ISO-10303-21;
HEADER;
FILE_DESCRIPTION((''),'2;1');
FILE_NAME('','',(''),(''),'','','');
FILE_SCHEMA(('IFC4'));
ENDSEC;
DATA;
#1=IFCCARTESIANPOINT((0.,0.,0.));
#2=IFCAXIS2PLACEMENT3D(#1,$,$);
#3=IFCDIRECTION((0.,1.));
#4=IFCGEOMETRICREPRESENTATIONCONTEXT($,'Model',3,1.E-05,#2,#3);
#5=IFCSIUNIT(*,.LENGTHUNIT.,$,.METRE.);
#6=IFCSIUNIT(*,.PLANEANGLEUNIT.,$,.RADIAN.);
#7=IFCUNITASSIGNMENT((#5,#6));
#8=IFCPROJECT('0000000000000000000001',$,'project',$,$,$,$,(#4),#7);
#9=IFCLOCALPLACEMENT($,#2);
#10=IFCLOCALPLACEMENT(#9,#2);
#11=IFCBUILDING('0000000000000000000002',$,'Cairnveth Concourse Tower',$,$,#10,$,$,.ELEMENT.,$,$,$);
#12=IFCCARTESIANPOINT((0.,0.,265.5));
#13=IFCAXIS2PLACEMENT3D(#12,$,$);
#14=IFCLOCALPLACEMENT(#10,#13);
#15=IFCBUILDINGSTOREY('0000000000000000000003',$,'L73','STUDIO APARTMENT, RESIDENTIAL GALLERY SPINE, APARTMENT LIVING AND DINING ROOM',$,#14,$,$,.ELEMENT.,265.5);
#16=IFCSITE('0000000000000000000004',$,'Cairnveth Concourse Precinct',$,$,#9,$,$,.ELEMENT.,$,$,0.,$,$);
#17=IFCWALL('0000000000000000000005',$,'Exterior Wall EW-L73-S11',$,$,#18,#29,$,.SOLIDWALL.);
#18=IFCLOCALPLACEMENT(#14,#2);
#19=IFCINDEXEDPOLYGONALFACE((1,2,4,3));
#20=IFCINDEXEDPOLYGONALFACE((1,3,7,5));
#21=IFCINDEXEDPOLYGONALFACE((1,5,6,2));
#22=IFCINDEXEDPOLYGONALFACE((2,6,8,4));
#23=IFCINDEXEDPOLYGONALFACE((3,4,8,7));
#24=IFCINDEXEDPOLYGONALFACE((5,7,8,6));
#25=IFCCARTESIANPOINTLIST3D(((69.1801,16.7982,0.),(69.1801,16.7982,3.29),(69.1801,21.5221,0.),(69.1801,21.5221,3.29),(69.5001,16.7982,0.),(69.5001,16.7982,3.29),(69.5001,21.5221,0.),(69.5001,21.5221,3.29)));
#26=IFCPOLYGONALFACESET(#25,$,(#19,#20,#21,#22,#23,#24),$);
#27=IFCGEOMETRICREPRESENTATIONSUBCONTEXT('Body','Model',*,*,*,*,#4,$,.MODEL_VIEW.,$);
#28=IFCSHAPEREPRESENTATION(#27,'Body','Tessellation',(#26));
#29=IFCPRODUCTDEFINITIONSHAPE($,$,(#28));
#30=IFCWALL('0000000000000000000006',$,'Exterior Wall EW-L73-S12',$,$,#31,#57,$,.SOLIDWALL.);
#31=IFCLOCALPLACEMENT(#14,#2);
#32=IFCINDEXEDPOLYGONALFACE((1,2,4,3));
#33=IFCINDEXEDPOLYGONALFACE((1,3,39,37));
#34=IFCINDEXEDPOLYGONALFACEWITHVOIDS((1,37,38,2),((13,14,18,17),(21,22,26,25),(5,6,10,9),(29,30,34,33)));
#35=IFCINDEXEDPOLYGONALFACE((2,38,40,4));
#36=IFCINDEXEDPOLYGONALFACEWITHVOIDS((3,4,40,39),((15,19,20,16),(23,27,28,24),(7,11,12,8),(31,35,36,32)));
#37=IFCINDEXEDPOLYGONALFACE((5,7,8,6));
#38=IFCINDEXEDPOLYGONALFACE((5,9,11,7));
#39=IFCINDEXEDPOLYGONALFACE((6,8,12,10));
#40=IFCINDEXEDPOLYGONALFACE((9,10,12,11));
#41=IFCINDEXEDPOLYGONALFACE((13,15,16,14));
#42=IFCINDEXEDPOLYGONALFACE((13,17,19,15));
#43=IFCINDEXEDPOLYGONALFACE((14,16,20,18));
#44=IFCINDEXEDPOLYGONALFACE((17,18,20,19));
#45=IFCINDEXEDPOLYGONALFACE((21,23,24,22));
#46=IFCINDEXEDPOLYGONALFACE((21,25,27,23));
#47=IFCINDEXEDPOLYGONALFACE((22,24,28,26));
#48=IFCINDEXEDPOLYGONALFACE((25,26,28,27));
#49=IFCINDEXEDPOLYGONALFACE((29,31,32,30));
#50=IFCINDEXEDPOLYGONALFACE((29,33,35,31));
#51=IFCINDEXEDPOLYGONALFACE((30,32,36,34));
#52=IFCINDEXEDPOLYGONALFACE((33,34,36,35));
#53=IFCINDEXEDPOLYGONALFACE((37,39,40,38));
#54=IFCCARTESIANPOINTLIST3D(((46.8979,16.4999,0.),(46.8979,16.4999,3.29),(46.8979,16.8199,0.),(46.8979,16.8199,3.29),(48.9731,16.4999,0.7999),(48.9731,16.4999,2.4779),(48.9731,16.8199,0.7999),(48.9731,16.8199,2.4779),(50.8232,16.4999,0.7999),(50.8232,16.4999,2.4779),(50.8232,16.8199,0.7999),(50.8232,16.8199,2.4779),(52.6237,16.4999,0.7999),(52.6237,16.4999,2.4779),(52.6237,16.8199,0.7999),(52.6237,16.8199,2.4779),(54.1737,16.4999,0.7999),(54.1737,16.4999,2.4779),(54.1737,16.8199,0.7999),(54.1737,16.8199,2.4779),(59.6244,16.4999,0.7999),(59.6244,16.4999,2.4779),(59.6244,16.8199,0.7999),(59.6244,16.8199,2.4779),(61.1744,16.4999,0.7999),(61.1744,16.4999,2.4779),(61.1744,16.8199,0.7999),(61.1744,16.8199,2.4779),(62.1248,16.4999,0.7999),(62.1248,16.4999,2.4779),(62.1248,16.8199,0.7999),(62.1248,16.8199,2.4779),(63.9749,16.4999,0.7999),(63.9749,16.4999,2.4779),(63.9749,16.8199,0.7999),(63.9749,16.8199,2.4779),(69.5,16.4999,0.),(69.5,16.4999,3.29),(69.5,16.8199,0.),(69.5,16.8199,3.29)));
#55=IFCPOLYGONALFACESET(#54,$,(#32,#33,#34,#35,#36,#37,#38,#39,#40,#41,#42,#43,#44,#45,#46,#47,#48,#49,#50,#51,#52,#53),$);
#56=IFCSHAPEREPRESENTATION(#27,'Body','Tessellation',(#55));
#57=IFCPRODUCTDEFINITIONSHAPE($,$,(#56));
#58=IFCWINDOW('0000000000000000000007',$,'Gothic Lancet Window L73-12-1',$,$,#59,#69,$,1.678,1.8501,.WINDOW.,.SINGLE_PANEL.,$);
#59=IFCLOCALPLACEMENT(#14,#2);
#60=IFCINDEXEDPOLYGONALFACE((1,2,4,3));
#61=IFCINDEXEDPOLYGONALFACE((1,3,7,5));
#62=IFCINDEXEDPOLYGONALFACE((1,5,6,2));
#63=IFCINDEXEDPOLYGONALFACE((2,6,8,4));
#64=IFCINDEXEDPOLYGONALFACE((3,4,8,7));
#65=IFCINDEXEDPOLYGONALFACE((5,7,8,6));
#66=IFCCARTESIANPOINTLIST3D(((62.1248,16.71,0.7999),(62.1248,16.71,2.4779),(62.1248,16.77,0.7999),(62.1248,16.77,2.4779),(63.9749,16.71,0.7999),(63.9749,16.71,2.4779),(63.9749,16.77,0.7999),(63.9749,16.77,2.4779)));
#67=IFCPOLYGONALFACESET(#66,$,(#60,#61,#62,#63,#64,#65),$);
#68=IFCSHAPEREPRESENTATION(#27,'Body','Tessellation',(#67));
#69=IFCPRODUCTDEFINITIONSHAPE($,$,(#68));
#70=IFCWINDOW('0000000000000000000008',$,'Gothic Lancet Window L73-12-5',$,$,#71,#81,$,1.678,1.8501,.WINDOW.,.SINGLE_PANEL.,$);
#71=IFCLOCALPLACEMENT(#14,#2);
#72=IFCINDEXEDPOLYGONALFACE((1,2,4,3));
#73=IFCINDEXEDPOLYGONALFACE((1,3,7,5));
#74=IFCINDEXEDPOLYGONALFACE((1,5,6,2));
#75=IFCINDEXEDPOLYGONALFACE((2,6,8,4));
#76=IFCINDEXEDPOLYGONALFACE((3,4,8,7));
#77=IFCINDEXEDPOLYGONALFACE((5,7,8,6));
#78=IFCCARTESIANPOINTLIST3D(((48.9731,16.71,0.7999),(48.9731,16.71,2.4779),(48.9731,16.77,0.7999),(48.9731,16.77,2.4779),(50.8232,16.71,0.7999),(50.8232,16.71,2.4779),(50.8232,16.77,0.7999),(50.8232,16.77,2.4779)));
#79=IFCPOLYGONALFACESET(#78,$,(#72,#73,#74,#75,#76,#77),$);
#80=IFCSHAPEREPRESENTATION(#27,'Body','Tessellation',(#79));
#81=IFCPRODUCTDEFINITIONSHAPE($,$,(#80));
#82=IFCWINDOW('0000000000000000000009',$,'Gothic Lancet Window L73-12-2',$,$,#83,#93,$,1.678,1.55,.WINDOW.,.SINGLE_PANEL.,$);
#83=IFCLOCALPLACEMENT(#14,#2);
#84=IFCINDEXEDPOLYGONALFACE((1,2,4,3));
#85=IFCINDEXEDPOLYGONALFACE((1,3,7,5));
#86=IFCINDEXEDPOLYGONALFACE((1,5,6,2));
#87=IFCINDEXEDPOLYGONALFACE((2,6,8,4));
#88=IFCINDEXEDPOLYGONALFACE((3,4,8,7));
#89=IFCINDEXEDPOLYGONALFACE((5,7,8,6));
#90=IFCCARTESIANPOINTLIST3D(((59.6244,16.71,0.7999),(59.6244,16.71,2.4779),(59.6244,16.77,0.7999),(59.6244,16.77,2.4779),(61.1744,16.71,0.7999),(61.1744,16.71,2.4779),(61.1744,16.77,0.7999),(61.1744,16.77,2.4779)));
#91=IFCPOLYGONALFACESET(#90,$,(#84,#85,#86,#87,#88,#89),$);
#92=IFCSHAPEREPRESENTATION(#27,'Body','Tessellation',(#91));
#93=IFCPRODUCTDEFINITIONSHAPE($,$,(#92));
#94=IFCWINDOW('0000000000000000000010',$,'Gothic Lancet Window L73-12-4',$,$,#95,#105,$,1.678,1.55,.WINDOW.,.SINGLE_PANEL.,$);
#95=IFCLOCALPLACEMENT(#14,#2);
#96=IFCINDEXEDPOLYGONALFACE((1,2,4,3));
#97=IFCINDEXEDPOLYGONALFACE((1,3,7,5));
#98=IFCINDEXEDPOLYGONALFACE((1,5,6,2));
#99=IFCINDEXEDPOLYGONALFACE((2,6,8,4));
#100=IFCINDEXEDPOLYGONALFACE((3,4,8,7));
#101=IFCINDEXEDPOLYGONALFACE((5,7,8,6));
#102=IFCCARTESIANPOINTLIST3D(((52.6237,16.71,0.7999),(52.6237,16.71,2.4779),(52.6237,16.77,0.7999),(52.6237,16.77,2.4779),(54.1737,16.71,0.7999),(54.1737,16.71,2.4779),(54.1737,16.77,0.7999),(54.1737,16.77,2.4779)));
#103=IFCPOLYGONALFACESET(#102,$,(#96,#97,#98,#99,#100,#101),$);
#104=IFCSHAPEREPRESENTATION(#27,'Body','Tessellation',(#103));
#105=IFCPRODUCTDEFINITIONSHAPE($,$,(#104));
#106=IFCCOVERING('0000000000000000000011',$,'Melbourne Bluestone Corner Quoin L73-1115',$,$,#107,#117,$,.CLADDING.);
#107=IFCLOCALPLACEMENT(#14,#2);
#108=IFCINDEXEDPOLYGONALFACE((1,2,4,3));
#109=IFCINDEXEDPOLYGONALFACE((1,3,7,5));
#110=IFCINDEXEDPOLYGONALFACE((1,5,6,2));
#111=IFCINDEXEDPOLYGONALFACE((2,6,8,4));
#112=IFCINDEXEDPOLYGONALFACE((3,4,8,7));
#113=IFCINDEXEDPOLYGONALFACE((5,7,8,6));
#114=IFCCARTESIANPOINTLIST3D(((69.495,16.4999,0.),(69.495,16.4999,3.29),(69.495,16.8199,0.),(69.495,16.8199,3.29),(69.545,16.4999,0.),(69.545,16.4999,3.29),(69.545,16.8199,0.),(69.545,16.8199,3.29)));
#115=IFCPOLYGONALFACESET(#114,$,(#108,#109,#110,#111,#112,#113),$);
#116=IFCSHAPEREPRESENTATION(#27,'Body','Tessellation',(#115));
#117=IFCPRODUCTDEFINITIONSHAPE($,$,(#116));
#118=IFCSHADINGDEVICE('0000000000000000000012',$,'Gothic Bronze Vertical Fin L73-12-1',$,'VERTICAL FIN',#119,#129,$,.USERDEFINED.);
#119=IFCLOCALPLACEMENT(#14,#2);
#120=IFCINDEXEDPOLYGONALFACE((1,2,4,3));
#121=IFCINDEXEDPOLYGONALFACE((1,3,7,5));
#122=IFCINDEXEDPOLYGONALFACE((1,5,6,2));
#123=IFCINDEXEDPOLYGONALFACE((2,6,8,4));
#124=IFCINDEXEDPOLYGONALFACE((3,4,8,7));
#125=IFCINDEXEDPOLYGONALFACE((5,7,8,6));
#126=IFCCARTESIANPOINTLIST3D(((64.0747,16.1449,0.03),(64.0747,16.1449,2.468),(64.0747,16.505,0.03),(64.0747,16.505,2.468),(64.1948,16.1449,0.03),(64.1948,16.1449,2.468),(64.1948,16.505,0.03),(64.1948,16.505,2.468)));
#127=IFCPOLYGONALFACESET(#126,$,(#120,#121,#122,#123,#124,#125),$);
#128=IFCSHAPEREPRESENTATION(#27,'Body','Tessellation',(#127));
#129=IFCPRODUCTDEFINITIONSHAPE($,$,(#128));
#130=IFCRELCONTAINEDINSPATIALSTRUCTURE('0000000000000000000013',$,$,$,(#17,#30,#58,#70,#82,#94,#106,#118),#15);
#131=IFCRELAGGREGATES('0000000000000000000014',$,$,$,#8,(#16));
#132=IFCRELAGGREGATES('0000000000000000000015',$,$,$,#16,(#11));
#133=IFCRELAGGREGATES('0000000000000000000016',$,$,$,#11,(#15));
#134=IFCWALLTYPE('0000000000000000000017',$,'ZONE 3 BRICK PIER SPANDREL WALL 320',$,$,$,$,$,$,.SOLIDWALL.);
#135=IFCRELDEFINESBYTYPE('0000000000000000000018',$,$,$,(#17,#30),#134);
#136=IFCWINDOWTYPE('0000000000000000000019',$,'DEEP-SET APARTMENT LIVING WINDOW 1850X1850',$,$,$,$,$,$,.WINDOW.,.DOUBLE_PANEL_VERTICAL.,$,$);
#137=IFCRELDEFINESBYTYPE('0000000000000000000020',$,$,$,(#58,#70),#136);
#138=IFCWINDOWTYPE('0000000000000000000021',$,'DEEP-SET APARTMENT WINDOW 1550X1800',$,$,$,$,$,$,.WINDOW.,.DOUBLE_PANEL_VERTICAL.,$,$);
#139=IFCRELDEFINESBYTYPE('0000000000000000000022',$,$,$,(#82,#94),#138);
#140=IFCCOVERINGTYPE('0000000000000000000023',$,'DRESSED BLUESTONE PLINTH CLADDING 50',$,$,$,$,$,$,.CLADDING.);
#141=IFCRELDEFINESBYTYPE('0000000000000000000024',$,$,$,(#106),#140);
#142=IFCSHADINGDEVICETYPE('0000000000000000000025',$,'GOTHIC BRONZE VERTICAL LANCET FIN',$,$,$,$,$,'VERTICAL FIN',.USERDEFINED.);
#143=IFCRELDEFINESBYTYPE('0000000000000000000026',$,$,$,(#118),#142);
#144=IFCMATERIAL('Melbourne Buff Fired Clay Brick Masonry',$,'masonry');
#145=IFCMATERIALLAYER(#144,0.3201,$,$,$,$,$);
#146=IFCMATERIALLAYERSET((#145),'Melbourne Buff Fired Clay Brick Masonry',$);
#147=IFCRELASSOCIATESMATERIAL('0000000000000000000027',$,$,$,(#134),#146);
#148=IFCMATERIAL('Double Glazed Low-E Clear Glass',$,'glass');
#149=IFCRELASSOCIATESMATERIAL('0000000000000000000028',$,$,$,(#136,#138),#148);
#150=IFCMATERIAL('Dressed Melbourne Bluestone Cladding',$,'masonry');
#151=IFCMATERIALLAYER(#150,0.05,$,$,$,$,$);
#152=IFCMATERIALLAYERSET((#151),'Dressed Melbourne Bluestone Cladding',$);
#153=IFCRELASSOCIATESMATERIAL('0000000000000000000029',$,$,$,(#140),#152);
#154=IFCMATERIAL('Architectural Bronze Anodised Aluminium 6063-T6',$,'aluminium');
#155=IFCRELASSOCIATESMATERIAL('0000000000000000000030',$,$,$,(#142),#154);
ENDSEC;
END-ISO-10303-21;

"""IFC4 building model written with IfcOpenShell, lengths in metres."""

from ifc_helpers import new_model, si_unit, direction, frame, frame_2d, origin, origin_2d, place, context, subcontext, project, spatial, rectangle, extrude, material, layer, layer_set, type_object, element, fill, save


model = new_model("IFC4")

# Units and contexts
model_context = context("Model", 3, precision=1e-05, world=origin(), true_north=direction((0.0, 1.0)))
body_context = subcontext(model_context, "Body", "Model", "MODEL_VIEW")
ifc_project = project(units=[si_unit("LENGTHUNIT", "METRE"), si_unit("PLANEANGLEUNIT", "RADIAN")], contexts=[model_context])

# Site, building, storey
site_placement = place(None, origin())
site = spatial("IfcSite", under=ifc_project, at=site_placement, Name="Cairnveth Concourse Precinct", CompositionType="ELEMENT", RefElevation=0.0)
building_placement = place(site_placement, origin())
building = spatial("IfcBuilding", under=site, at=building_placement, Name="Cairnveth Concourse Tower", CompositionType="ELEMENT")
storey_placement = place(building_placement, frame((0.0, 0.0, 265.5)))
storey = spatial("IfcBuildingStorey", under=building, at=storey_placement, Name="L73", Description="STUDIO APARTMENT, RESIDENTIAL GALLERY SPINE, APARTMENT LIVING AND DINING ROOM", CompositionType="ELEMENT", Elevation=265.5)

# Wall
ifc_material_1 = material(Name="Melbourne Buff Fired Clay Brick Masonry", Category="masonry")
ifc_layer_1 = layer(ifc_material_1, 0.3201)
ifc_layer_set_1 = layer_set([ifc_layer_1], Name="Melbourne Buff Fired Clay Brick Masonry")
wall_type_1 = type_object("IfcWallType", Name="ZONE 3 BRICK PIER SPANDREL WALL 320", PredefinedType="SOLIDWALL", material=ifc_layer_set_1)
wall_1_placement = place(storey_placement, frame((69.3401, 21.522, 0.0), z_axis=(0.0, 0.0, 1.0), x_axis=(0.0, -1.0, 0.0)))
element("IfcWall", 1, at=wall_1_placement, inside=storey, type_object=wall_type_1, Name="Exterior Wall EW-L73-S11", PredefinedType="SOLIDWALL", context=body_context, shape_type="SweptSolid", body=[
    extrude(rectangle(XDim=4.7239, YDim=0.3201, at=frame_2d((2.3618, 0.0))), origin(), (0.0, 0.0, 1.0), 3.29),
])

# Wall, openings, windows
wall_2_placement = place(storey_placement, frame((69.5, 16.6599, 0.0), z_axis=(0.0, 0.0, 1.0), x_axis=(-1.0, 0.0, 0.0)))
wall_2 = element("IfcWall", 2, at=wall_2_placement, inside=storey, type_object=wall_type_1, Name="Exterior Wall EW-L73-S12", PredefinedType="SOLIDWALL", context=body_context, shape_type="SweptSolid", body=[
    extrude(rectangle(XDim=22.6021, YDim=0.3201, at=frame_2d((11.301, 0.0))), origin(), (0.0, 0.0, 1.0), 3.29),
])
opening_1_placement = place(wall_2_placement, frame((5.5251, 0.0, 0.8)))
opening_1 = element("IfcOpeningElement", 3, at=opening_1_placement, cuts=wall_2, PredefinedType="OPENING", context=body_context, shape_type="SweptSolid", body=[
    extrude(rectangle(XDim=1.8501, YDim=1.678, at=frame_2d((0.925, 0.8389))), frame((0.0, 0.1699, 0.0), z_axis=(0.0, -1.0, 0.0), x_axis=(1.0, 0.0, 0.0)), (0.0, 0.0, 1.0), 0.3401),
])
opening_2_placement = place(wall_2_placement, frame((8.3257, 0.0, 0.8)))
opening_2 = element("IfcOpeningElement", 4, at=opening_2_placement, cuts=wall_2, PredefinedType="OPENING", context=body_context, shape_type="SweptSolid", body=[
    extrude(rectangle(XDim=1.55, YDim=1.678, at=frame_2d((0.7749, 0.8389))), frame((0.0, 0.1699, 0.0), z_axis=(0.0, -1.0, 0.0), x_axis=(1.0, 0.0, 0.0)), (0.0, 0.0, 1.0), 0.3401),
])
opening_3_placement = place(wall_2_placement, frame((15.3264, 0.0, 0.8)))
opening_3 = element("IfcOpeningElement", 5, at=opening_3_placement, cuts=wall_2, PredefinedType="OPENING", context=body_context, shape_type="SweptSolid", body=[
    extrude(rectangle(XDim=1.55, YDim=1.678, at=frame_2d((0.7749, 0.8389))), frame((0.0, 0.1699, 0.0), z_axis=(0.0, -1.0, 0.0), x_axis=(1.0, 0.0, 0.0)), (0.0, 0.0, 1.0), 0.3401),
])
opening_4_placement = place(wall_2_placement, frame((18.6768, 0.0, 0.8)))
opening_4 = element("IfcOpeningElement", 6, at=opening_4_placement, cuts=wall_2, PredefinedType="OPENING", context=body_context, shape_type="SweptSolid", body=[
    extrude(rectangle(XDim=1.8501, YDim=1.678, at=frame_2d((0.925, 0.8389))), frame((0.0, 0.1699, 0.0), z_axis=(0.0, -1.0, 0.0), x_axis=(1.0, 0.0, 0.0)), (0.0, 0.0, 1.0), 0.3401),
])
ifc_material_2 = material(Name="Double Glazed Low-E Clear Glass", Category="glass")
window_type_1 = type_object("IfcWindowType", Name="DEEP-SET APARTMENT LIVING WINDOW 1850X1850", PartitioningType="DOUBLE_PANEL_VERTICAL", PredefinedType="WINDOW", material=ifc_material_2)
window_1_placement = place(opening_1_placement, origin())
window_1 = element("IfcWindow", 7, at=window_1_placement, inside=storey, type_object=window_type_1, Name="Gothic Lancet Window L73-12-1", OverallHeight=1.678, OverallWidth=1.8501, PartitioningType="SINGLE_PANEL", PredefinedType="WINDOW", context=body_context, shape_type="SweptSolid", body=[
    extrude(rectangle(XDim=1.8501, YDim=1.678, at=frame_2d((0.925, 0.8389))), frame((0.0, -0.05, 0.0), z_axis=(0.0, -1.0, 0.0), x_axis=(1.0, 0.0, 0.0)), (0.0, 0.0, 1.0), 0.0601),
])
fill(opening_1, window_1)
window_2_placement = place(opening_4_placement, origin())
window_2 = element("IfcWindow", 8, at=window_2_placement, inside=storey, type_object=window_type_1, Name="Gothic Lancet Window L73-12-5", OverallHeight=1.678, OverallWidth=1.8501, PartitioningType="SINGLE_PANEL", PredefinedType="WINDOW", context=body_context, shape_type="SweptSolid", body=[
    extrude(rectangle(XDim=1.8501, YDim=1.678, at=frame_2d((0.925, 0.8389))), frame((0.0, -0.05, 0.0), z_axis=(0.0, -1.0, 0.0), x_axis=(1.0, 0.0, 0.0)), (0.0, 0.0, 1.0), 0.0601),
])
fill(opening_4, window_2)
window_type_2 = type_object("IfcWindowType", Name="DEEP-SET APARTMENT WINDOW 1550X1800", PartitioningType="DOUBLE_PANEL_VERTICAL", PredefinedType="WINDOW", material=ifc_material_2)
window_3_placement = place(opening_2_placement, origin())
window_3 = element("IfcWindow", 9, at=window_3_placement, inside=storey, type_object=window_type_2, Name="Gothic Lancet Window L73-12-2", OverallHeight=1.678, OverallWidth=1.55, PartitioningType="SINGLE_PANEL", PredefinedType="WINDOW", context=body_context, shape_type="SweptSolid", body=[
    extrude(rectangle(XDim=1.55, YDim=1.678, at=frame_2d((0.7749, 0.8389))), frame((0.0, -0.05, 0.0), z_axis=(0.0, -1.0, 0.0), x_axis=(1.0, 0.0, 0.0)), (0.0, 0.0, 1.0), 0.0601),
])
fill(opening_2, window_3)
window_4_placement = place(opening_3_placement, origin())
window_4 = element("IfcWindow", 10, at=window_4_placement, inside=storey, type_object=window_type_2, Name="Gothic Lancet Window L73-12-4", OverallHeight=1.678, OverallWidth=1.55, PartitioningType="SINGLE_PANEL", PredefinedType="WINDOW", context=body_context, shape_type="SweptSolid", body=[
    extrude(rectangle(XDim=1.55, YDim=1.678, at=frame_2d((0.7749, 0.8389))), frame((0.0, -0.05, 0.0), z_axis=(0.0, -1.0, 0.0), x_axis=(1.0, 0.0, 0.0)), (0.0, 0.0, 1.0), 0.0601),
])
fill(opening_3, window_4)

# Covering
ifc_material_3 = material(Name="Dressed Melbourne Bluestone Cladding", Category="masonry")
ifc_layer_2 = layer(ifc_material_3, 0.05)
ifc_layer_set_2 = layer_set([ifc_layer_2], Name="Dressed Melbourne Bluestone Cladding")
covering_type = type_object("IfcCoveringType", Name="DRESSED BLUESTONE PLINTH CLADDING 50", PredefinedType="CLADDING", material=ifc_layer_set_2)
covering_placement = place(storey_placement, frame((69.52, 16.8201, 0.0), z_axis=(0.0, 0.0, 1.0), x_axis=(0.0, -1.0, 0.0)))
element("IfcCovering", 11, at=covering_placement, inside=storey, type_object=covering_type, Name="Melbourne Bluestone Corner Quoin L73-1115", PredefinedType="CLADDING", context=body_context, shape_type="SweptSolid", body=[
    extrude(rectangle(XDim=0.3201, YDim=0.05, at=frame_2d((0.1602, 0.0))), origin(), (0.0, 0.0, 1.0), 3.29),
])

# Shading device
ifc_material_4 = material(Name="Architectural Bronze Anodised Aluminium 6063-T6", Category="aluminium")
shading_device_type = type_object("IfcShadingDeviceType", Name="GOTHIC BRONZE VERTICAL LANCET FIN", ElementType="VERTICAL FIN", PredefinedType="USERDEFINED", material=ifc_material_4)
shading_device_placement = place(storey_placement, frame((64.1348, 16.325, 0.03), z_axis=(0.0, 0.0, 1.0), x_axis=(1.0, 0.0, 0.0)))
element("IfcShadingDevice", 12, at=shading_device_placement, inside=storey, type_object=shading_device_type, Name="Gothic Bronze Vertical Fin L73-12-1", ObjectType="VERTICAL FIN", PredefinedType="USERDEFINED", context=body_context, shape_type="SweptSolid", body=[
    extrude(rectangle(XDim=0.1201, YDim=0.3601, at=origin_2d()), origin(), (0.0, 0.0, 1.0), 2.438),
])

save(model, "model.ifc")
